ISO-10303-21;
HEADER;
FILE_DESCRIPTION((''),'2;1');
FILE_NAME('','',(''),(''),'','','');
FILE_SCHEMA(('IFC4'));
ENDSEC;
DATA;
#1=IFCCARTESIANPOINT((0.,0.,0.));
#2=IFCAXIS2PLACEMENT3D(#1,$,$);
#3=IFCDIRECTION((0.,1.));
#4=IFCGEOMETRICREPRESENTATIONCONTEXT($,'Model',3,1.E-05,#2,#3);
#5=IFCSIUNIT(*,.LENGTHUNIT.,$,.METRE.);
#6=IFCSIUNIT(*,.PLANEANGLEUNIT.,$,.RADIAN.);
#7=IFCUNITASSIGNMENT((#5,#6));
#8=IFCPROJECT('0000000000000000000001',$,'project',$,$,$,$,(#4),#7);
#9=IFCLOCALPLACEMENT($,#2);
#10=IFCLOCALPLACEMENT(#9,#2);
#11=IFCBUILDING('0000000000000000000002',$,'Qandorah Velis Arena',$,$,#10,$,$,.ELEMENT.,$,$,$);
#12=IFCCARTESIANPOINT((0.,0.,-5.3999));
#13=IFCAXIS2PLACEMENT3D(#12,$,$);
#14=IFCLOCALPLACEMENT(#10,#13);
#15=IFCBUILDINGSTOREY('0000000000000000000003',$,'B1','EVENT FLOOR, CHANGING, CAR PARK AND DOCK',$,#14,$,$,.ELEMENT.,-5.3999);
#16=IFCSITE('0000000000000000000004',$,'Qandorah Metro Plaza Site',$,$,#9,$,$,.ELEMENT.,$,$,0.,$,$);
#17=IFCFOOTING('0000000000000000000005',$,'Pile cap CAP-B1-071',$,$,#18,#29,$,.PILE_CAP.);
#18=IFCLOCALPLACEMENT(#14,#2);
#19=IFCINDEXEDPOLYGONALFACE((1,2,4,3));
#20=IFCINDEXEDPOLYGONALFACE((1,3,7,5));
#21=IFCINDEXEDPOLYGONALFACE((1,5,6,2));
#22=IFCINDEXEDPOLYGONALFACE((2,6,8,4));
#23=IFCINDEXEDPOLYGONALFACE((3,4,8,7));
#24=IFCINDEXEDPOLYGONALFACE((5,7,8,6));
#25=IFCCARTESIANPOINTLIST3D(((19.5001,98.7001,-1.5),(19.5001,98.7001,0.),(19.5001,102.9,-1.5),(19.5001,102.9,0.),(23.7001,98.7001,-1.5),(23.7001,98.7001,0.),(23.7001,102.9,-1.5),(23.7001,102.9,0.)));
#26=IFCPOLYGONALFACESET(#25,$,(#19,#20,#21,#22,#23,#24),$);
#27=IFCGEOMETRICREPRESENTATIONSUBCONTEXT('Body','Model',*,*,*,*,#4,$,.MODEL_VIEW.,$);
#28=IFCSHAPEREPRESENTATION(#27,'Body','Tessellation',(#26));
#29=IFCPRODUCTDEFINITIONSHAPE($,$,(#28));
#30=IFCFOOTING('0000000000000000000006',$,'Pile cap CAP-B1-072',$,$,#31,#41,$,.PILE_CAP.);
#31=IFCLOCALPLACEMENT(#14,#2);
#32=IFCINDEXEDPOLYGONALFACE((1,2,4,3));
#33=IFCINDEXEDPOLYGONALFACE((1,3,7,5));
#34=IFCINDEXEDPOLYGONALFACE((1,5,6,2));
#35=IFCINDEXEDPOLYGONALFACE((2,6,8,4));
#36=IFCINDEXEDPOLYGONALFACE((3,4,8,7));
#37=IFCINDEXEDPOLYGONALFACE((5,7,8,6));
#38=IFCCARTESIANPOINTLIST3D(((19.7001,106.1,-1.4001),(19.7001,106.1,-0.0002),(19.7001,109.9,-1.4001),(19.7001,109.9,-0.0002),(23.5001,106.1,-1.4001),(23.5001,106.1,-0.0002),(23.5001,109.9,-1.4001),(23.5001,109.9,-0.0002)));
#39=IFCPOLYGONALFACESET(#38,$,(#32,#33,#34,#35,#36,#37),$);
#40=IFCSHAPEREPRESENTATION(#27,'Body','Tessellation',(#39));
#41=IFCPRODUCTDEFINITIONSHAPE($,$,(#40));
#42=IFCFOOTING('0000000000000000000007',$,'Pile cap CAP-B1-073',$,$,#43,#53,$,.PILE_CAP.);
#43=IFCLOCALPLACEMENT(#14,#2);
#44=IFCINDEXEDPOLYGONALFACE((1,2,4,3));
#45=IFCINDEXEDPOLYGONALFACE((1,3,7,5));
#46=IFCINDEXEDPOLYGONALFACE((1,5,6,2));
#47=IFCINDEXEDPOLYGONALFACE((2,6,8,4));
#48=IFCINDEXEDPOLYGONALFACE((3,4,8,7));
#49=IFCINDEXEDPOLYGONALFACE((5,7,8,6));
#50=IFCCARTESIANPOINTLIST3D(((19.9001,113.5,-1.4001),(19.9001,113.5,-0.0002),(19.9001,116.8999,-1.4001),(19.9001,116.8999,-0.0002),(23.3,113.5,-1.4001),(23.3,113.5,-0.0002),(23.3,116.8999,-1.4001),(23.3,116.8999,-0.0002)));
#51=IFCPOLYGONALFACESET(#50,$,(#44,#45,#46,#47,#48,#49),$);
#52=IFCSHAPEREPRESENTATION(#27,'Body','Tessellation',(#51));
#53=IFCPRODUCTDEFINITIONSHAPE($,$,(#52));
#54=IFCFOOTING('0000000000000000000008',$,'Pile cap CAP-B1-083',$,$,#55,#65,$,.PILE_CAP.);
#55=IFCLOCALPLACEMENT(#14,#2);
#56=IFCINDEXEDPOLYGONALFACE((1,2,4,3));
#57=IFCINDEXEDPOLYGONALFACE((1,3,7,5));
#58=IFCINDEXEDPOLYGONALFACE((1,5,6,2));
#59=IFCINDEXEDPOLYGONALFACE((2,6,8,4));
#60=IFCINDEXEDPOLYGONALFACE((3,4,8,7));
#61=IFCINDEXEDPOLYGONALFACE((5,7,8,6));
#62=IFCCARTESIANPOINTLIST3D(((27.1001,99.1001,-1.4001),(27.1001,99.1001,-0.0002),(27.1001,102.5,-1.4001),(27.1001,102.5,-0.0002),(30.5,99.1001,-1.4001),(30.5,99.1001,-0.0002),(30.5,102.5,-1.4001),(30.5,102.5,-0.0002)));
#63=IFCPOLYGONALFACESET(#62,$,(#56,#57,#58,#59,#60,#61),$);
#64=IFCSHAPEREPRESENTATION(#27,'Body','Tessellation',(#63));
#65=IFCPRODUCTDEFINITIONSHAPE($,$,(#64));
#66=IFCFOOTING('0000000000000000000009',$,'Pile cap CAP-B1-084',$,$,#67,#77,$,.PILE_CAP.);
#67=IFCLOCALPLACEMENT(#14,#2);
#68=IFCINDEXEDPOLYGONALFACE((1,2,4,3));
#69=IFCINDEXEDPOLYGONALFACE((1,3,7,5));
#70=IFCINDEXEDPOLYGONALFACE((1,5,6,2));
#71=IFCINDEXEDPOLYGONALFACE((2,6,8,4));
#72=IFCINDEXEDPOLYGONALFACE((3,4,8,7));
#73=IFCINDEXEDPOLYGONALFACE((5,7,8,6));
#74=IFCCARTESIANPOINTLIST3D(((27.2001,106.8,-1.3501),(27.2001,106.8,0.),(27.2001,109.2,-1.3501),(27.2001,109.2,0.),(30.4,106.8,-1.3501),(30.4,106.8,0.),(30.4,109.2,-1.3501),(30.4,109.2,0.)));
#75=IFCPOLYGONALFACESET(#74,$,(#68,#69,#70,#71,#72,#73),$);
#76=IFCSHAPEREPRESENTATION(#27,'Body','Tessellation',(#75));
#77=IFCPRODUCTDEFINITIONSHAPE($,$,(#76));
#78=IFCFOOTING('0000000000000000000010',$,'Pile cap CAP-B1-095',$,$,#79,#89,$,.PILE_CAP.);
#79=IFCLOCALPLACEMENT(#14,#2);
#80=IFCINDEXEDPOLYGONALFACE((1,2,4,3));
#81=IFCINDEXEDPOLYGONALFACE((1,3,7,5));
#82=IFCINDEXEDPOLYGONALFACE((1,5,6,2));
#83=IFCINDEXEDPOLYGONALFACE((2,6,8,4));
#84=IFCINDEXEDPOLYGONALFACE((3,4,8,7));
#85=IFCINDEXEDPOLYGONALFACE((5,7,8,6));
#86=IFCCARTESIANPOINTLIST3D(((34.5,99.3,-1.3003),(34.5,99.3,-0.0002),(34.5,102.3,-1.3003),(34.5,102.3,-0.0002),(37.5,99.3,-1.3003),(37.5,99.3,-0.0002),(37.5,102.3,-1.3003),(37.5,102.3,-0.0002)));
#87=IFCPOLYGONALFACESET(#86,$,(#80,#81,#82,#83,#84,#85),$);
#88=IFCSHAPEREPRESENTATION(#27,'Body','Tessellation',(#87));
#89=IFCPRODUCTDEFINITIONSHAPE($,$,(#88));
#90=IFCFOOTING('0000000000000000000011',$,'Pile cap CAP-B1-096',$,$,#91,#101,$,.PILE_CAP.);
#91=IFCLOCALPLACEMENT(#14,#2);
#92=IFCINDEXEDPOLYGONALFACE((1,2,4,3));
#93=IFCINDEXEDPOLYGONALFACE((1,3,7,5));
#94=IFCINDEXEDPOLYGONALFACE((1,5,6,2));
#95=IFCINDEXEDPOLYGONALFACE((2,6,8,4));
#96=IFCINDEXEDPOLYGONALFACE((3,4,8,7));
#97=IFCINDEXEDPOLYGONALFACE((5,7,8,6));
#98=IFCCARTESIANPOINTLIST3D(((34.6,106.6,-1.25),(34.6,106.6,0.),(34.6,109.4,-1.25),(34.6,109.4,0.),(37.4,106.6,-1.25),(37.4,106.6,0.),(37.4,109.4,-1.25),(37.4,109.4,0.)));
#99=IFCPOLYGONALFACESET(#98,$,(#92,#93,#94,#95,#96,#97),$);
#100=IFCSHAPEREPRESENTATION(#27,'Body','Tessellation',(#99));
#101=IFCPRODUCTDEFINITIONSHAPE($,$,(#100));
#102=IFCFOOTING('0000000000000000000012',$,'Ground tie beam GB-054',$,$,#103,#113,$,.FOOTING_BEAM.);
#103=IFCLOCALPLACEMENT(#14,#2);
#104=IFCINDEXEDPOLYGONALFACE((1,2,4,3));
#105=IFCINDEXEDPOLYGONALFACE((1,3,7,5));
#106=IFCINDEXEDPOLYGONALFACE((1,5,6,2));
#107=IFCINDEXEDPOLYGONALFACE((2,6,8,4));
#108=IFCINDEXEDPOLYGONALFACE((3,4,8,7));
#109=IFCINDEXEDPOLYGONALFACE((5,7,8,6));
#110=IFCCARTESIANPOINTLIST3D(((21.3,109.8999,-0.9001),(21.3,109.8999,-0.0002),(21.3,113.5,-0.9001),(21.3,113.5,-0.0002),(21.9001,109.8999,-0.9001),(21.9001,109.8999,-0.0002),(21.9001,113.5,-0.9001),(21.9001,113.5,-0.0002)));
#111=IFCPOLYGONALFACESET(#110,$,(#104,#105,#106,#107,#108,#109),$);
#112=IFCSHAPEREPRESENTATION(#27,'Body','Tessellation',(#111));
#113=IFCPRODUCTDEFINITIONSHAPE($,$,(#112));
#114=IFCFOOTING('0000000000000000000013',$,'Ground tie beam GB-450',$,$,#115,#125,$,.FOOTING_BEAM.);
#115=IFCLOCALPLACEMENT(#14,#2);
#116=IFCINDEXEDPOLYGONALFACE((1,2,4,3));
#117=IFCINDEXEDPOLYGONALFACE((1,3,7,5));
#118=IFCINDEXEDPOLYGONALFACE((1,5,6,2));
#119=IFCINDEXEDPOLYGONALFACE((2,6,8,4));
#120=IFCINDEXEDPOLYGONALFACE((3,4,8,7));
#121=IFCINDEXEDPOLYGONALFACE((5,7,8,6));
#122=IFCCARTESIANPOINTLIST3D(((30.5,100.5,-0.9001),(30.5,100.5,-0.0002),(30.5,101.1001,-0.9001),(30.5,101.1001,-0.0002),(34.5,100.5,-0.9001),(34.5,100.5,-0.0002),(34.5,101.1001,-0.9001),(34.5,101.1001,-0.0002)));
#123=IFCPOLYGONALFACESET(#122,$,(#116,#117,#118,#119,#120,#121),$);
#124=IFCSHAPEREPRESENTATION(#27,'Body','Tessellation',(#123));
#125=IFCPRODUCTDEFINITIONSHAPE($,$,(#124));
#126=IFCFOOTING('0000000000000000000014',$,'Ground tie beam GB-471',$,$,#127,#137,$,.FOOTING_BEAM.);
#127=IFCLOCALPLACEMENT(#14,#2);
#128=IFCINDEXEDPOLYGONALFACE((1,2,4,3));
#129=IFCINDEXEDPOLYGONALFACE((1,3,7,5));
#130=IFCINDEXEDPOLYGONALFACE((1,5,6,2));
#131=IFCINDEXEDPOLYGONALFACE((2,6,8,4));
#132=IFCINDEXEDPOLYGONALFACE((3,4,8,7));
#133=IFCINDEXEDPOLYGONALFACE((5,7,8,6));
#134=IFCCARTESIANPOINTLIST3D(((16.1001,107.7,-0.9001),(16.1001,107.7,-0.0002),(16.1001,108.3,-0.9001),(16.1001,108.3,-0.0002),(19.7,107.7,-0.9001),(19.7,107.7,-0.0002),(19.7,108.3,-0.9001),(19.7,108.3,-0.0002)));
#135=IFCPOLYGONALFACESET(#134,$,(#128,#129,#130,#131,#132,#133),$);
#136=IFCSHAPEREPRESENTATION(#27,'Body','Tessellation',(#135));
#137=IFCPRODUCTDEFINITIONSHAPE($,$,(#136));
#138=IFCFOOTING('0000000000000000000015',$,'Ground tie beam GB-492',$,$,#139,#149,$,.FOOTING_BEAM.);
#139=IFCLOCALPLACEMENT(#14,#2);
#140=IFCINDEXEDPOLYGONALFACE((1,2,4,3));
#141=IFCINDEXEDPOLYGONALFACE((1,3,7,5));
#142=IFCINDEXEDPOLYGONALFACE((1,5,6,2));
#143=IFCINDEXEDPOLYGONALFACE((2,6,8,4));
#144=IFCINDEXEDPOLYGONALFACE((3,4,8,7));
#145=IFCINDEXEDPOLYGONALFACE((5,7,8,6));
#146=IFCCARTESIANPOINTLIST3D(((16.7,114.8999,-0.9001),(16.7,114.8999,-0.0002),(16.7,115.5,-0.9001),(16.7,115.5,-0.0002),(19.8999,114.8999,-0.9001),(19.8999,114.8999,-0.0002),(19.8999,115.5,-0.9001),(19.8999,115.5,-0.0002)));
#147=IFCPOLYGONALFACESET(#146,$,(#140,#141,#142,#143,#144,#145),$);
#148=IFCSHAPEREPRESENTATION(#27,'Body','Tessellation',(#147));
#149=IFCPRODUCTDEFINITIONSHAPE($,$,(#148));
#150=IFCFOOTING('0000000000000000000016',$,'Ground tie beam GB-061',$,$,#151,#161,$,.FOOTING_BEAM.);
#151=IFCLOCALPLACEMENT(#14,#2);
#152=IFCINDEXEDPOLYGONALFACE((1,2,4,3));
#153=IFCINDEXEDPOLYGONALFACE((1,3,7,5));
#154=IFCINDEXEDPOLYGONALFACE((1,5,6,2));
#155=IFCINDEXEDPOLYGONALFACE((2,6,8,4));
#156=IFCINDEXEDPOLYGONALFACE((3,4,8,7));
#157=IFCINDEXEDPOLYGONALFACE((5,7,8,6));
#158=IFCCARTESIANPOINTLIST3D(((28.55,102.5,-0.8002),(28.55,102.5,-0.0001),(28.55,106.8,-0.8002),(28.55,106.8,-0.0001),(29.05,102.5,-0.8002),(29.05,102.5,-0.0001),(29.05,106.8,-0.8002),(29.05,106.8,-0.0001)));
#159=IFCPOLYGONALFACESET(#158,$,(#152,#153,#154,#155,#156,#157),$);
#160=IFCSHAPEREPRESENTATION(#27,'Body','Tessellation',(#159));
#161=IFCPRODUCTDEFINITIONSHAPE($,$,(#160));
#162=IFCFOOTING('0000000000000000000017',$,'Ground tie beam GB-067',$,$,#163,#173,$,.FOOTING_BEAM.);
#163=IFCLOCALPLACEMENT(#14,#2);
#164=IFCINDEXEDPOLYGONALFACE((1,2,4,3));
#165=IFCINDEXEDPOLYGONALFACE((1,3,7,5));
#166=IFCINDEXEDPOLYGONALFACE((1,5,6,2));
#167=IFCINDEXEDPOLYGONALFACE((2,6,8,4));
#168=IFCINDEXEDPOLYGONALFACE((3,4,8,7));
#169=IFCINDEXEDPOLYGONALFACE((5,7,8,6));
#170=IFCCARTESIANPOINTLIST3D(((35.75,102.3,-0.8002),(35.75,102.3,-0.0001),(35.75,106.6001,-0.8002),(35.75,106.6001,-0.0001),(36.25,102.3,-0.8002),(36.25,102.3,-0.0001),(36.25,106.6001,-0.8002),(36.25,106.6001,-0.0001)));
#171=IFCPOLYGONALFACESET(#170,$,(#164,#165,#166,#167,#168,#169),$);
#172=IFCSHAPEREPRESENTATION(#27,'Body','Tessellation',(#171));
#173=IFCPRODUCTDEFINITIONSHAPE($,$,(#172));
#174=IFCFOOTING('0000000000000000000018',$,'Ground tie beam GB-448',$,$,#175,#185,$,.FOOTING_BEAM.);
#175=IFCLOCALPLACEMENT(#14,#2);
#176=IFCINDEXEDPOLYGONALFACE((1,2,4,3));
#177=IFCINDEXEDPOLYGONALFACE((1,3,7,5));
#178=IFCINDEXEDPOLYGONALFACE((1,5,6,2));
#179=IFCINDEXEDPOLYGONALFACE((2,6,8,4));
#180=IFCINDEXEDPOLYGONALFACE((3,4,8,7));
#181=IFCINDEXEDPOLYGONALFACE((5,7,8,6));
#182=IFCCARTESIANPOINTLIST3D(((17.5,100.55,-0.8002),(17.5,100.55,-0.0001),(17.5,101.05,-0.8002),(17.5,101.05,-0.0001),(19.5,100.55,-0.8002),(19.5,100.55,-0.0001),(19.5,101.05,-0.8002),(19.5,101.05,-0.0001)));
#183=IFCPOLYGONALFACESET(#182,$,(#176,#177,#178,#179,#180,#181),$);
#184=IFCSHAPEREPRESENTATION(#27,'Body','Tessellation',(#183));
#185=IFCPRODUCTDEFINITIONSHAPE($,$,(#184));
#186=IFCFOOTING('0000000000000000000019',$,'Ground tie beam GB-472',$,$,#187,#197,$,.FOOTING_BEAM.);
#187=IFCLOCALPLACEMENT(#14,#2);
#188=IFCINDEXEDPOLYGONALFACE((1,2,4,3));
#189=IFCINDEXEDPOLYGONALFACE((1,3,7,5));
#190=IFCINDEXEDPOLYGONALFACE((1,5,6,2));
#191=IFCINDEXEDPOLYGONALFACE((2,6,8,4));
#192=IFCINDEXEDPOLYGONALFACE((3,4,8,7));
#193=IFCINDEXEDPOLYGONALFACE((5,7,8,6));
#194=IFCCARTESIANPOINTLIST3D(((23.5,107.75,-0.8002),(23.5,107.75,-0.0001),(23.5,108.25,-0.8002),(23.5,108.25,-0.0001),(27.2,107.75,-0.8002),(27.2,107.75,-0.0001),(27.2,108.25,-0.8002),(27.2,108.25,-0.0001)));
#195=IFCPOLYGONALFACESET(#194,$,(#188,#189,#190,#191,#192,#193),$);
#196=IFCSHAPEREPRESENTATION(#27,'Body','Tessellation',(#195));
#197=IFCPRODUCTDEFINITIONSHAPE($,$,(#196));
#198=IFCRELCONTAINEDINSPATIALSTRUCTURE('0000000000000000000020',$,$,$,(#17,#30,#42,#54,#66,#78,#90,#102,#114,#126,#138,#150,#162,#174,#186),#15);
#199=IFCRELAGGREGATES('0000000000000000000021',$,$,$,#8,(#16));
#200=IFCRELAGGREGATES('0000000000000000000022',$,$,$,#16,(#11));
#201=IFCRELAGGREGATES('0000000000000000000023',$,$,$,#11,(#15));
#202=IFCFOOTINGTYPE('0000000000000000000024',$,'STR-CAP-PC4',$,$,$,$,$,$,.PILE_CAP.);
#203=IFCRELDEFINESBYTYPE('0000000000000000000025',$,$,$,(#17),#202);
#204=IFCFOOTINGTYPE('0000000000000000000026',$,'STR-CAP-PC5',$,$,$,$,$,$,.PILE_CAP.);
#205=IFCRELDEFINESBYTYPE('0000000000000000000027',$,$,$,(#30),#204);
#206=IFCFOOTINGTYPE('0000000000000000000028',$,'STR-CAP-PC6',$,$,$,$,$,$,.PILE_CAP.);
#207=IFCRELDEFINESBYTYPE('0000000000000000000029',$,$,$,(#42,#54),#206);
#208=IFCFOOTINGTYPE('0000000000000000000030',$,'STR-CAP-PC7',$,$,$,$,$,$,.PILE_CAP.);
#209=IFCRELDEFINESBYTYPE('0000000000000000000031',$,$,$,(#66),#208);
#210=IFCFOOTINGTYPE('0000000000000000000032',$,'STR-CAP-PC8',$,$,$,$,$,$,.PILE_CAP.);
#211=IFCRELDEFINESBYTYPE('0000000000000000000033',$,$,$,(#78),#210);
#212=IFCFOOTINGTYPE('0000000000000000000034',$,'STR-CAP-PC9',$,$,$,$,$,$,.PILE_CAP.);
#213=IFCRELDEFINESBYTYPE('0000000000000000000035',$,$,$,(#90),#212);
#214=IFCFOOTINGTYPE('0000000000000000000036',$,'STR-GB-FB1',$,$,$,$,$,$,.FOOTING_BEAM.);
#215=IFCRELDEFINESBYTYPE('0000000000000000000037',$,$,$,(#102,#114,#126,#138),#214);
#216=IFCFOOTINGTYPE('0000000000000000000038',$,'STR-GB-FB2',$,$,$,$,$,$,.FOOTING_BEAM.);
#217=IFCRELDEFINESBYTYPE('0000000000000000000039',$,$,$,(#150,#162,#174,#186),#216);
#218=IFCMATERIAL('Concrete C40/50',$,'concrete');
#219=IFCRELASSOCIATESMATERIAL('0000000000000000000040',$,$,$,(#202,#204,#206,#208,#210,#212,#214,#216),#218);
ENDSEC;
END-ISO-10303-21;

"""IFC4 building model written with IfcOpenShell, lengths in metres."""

from ifc_helpers import new_model, si_unit, direction, frame, origin, origin_2d, place, context, subcontext, project, spatial, rectangle, extrude, material, material_profile, profile_set, type_object, element, save


model = new_model("IFC4")

# Units and contexts
model_context = context("Model", 3, precision=1e-05, world=origin(), true_north=direction((0.0, 1.0)))
body_context = subcontext(model_context, "Body", "Model", "MODEL_VIEW")
ifc_project = project(units=[si_unit("LENGTHUNIT", "METRE"), si_unit("PLANEANGLEUNIT", "RADIAN")], contexts=[model_context])

# Site, building, storey
site_placement = place(None, origin())
site = spatial("IfcSite", under=ifc_project, at=site_placement, Name="Qandorah Metro Plaza Site", CompositionType="ELEMENT", RefElevation=0.0)
building_placement = place(site_placement, origin())
building = spatial("IfcBuilding", under=site, at=building_placement, Name="Qandorah Velis Arena", CompositionType="ELEMENT")
storey_placement = place(building_placement, frame((0.0, 0.0, -5.3999)))
storey = spatial("IfcBuildingStorey", under=building, at=storey_placement, Name="B1", Description="EVENT FLOOR, CHANGING, CAR PARK AND DOCK", CompositionType="ELEMENT", Elevation=-5.3999)

# Footings
ifc_material = material(Name="Concrete C40/50", Category="concrete")
footing_type_1 = type_object("IfcFootingType", Name="STR-CAP-PC4", PredefinedType="PILE_CAP", material=ifc_material)
footing_1_placement = place(storey_placement, frame((21.6001, 100.8, -1.5), z_axis=(0.0, 0.0, 1.0), x_axis=(1.0, 0.0, 0.0)))
element("IfcFooting", 1, at=footing_1_placement, inside=storey, type_object=footing_type_1, Name="Pile cap CAP-B1-071", PredefinedType="PILE_CAP", context=body_context, shape_type="SweptSolid", body=[
    extrude(rectangle(XDim=4.2, YDim=4.2, at=origin_2d()), origin(), (0.0, 0.0, 1.0), 1.5),
])
footing_type_2 = type_object("IfcFootingType", Name="STR-CAP-PC5", PredefinedType="PILE_CAP", material=ifc_material)
footing_2_placement = place(storey_placement, frame((21.6001, 108.0, -1.4001), z_axis=(0.0, 0.0, 1.0), x_axis=(1.0, 0.0, 0.0)))
element("IfcFooting", 2, at=footing_2_placement, inside=storey, type_object=footing_type_2, Name="Pile cap CAP-B1-072", PredefinedType="PILE_CAP", context=body_context, shape_type="SweptSolid", body=[
    extrude(rectangle(XDim=3.8, YDim=3.8, at=origin_2d()), origin(), (0.0, 0.0, 1.0), 1.3999),
])
footing_type_3 = type_object("IfcFootingType", Name="STR-CAP-PC6", PredefinedType="PILE_CAP", material=ifc_material)
for number, where, z_axis, x_axis, name in (
    (3, (21.6001, 115.2, -1.4001), (0.0, 0.0, 1.0), (1.0, 0.0, 0.0), "Pile cap CAP-B1-073"),
    (4, (28.8, 100.8, -1.4001), (0.0, 0.0, 1.0), (1.0, 0.0, 0.0), "Pile cap CAP-B1-083"),
):
    element("IfcFooting", number, at=place(storey_placement, frame(where, z_axis=z_axis, x_axis=x_axis)), inside=storey, type_object=footing_type_3, Name=name, PredefinedType="PILE_CAP", context=body_context, shape_type="SweptSolid", body=[
        extrude(rectangle(XDim=3.3999, YDim=3.3999, at=origin_2d()), origin(), (0.0, 0.0, 1.0), 1.3999),
    ])
footing_type_4 = type_object("IfcFootingType", Name="STR-CAP-PC7", PredefinedType="PILE_CAP", material=ifc_material)
footing_3_placement = place(storey_placement, frame((28.8, 108.0, -1.3501), z_axis=(0.0, 0.0, 1.0), x_axis=(1.0, 0.0, 0.0)))
element("IfcFooting", 5, at=footing_3_placement, inside=storey, type_object=footing_type_4, Name="Pile cap CAP-B1-084", PredefinedType="PILE_CAP", context=body_context, shape_type="SweptSolid", body=[
    extrude(rectangle(XDim=3.2, YDim=2.3999, at=origin_2d()), origin(), (0.0, 0.0, 1.0), 1.3501),
])
footing_type_5 = type_object("IfcFootingType", Name="STR-CAP-PC8", PredefinedType="PILE_CAP", material=ifc_material)
footing_4_placement = place(storey_placement, frame((36.0, 100.8, -1.3003), z_axis=(0.0, 0.0, 1.0), x_axis=(1.0, 0.0, 0.0)))
element("IfcFooting", 6, at=footing_4_placement, inside=storey, type_object=footing_type_5, Name="Pile cap CAP-B1-095", PredefinedType="PILE_CAP", context=body_context, shape_type="SweptSolid", body=[
    extrude(rectangle(XDim=3.0, YDim=3.0, at=origin_2d()), origin(), (0.0, 0.0, 1.0), 1.3),
])
footing_type_6 = type_object("IfcFootingType", Name="STR-CAP-PC9", PredefinedType="PILE_CAP", material=ifc_material)
footing_5_placement = place(storey_placement, frame((36.0, 108.0, -1.25), z_axis=(0.0, 0.0, 1.0), x_axis=(1.0, 0.0, 0.0)))
element("IfcFooting", 7, at=footing_5_placement, inside=storey, type_object=footing_type_6, Name="Pile cap CAP-B1-096", PredefinedType="PILE_CAP", context=body_context, shape_type="SweptSolid", body=[
    extrude(rectangle(XDim=2.8, YDim=2.8, at=origin_2d()), origin(), (0.0, 0.0, 1.0), 1.25),
])
ifc_material_profile_1 = material_profile(ifc_material, rectangle(XDim=0.6001, YDim=0.8999, at=origin_2d()), Name="GB1 600x900")
ifc_profile_set_1 = profile_set([ifc_material_profile_1], Name="Concrete C40/50")
footing_type_7 = type_object("IfcFootingType", Name="STR-GB-FB1", PredefinedType="FOOTING_BEAM", material=ifc_profile_set_1)
footing_6_placement = place(storey_placement, frame((21.6001, 109.8999, -0.4502), z_axis=(0.0, 1.0, 0.0), x_axis=(-1.0, 0.0, 0.0)))
element("IfcFooting", 8, at=footing_6_placement, inside=storey, type_object=footing_type_7, Name="Ground tie beam GB-054", PredefinedType="FOOTING_BEAM", context=body_context, shape_type="SweptSolid", body=[
    extrude(rectangle(XDim=0.6001, YDim=0.8999, at=origin_2d()), origin(), (0.0, 0.0, 1.0), 3.6001),
])
footing_7_placement = place(storey_placement, frame((30.5, 100.8, -0.4502), z_axis=(1.0, 0.0, 0.0), x_axis=(0.0, 1.0, 0.0)))
element("IfcFooting", 9, at=footing_7_placement, inside=storey, type_object=footing_type_7, Name="Ground tie beam GB-450", PredefinedType="FOOTING_BEAM", context=body_context, shape_type="SweptSolid", body=[
    extrude(rectangle(XDim=0.6001, YDim=0.8999, at=origin_2d()), origin(), (0.0, 0.0, 1.0), 4.0),
])
footing_8_placement = place(storey_placement, frame((16.1001, 108.0, -0.4502), z_axis=(1.0, 0.0, 0.0), x_axis=(0.0, 1.0, 0.0)))
element("IfcFooting", 10, at=footing_8_placement, inside=storey, type_object=footing_type_7, Name="Ground tie beam GB-471", PredefinedType="FOOTING_BEAM", context=body_context, shape_type="SweptSolid", body=[
    extrude(rectangle(XDim=0.6001, YDim=0.8999, at=origin_2d()), origin(), (0.0, 0.0, 1.0), 3.5999),
])
footing_9_placement = place(storey_placement, frame((16.7, 115.2, -0.4502), z_axis=(1.0, 0.0, 0.0), x_axis=(0.0, 1.0, 0.0)))
element("IfcFooting", 11, at=footing_9_placement, inside=storey, type_object=footing_type_7, Name="Ground tie beam GB-492", PredefinedType="FOOTING_BEAM", context=body_context, shape_type="SweptSolid", body=[
    extrude(rectangle(XDim=0.6001, YDim=0.8999, at=origin_2d()), origin(), (0.0, 0.0, 1.0), 3.2),
])
ifc_material_profile_2 = material_profile(ifc_material, rectangle(XDim=0.5, YDim=0.8, at=origin_2d()), Name="GB2 500x800")
ifc_profile_set_2 = profile_set([ifc_material_profile_2], Name="Concrete C40/50")
footing_type_8 = type_object("IfcFootingType", Name="STR-GB-FB2", PredefinedType="FOOTING_BEAM", material=ifc_profile_set_2)
for number, where, z_axis, x_axis, name in (
    (12, (28.8, 102.5, -0.4001), (0.0, 1.0, 0.0), (-1.0, 0.0, 0.0), "Ground tie beam GB-061"),
    (13, (36.0, 102.3, -0.4001), (0.0, 1.0, 0.0), (-1.0, 0.0, 0.0), "Ground tie beam GB-067"),
):
    element("IfcFooting", number, at=place(storey_placement, frame(where, z_axis=z_axis, x_axis=x_axis)), inside=storey, type_object=footing_type_8, Name=name, PredefinedType="FOOTING_BEAM", context=body_context, shape_type="SweptSolid", body=[
        extrude(rectangle(XDim=0.5, YDim=0.8, at=origin_2d()), origin(), (0.0, 0.0, 1.0), 4.3),
    ])
footing_10_placement = place(storey_placement, frame((17.5, 100.8, -0.4001), z_axis=(1.0, 0.0, 0.0), x_axis=(0.0, 1.0, 0.0)))
element("IfcFooting", 14, at=footing_10_placement, inside=storey, type_object=footing_type_8, Name="Ground tie beam GB-448", PredefinedType="FOOTING_BEAM", context=body_context, shape_type="SweptSolid", body=[
    extrude(rectangle(XDim=0.5, YDim=0.8, at=origin_2d()), origin(), (0.0, 0.0, 1.0), 2.0),
])
footing_11_placement = place(storey_placement, frame((23.5, 108.0, -0.4001), z_axis=(1.0, 0.0, 0.0), x_axis=(0.0, 1.0, 0.0)))
element("IfcFooting", 15, at=footing_11_placement, inside=storey, type_object=footing_type_8, Name="Ground tie beam GB-472", PredefinedType="FOOTING_BEAM", context=body_context, shape_type="SweptSolid", body=[
    extrude(rectangle(XDim=0.5, YDim=0.8, at=origin_2d()), origin(), (0.0, 0.0, 1.0), 3.7),
])

save(model, "model.ifc")
